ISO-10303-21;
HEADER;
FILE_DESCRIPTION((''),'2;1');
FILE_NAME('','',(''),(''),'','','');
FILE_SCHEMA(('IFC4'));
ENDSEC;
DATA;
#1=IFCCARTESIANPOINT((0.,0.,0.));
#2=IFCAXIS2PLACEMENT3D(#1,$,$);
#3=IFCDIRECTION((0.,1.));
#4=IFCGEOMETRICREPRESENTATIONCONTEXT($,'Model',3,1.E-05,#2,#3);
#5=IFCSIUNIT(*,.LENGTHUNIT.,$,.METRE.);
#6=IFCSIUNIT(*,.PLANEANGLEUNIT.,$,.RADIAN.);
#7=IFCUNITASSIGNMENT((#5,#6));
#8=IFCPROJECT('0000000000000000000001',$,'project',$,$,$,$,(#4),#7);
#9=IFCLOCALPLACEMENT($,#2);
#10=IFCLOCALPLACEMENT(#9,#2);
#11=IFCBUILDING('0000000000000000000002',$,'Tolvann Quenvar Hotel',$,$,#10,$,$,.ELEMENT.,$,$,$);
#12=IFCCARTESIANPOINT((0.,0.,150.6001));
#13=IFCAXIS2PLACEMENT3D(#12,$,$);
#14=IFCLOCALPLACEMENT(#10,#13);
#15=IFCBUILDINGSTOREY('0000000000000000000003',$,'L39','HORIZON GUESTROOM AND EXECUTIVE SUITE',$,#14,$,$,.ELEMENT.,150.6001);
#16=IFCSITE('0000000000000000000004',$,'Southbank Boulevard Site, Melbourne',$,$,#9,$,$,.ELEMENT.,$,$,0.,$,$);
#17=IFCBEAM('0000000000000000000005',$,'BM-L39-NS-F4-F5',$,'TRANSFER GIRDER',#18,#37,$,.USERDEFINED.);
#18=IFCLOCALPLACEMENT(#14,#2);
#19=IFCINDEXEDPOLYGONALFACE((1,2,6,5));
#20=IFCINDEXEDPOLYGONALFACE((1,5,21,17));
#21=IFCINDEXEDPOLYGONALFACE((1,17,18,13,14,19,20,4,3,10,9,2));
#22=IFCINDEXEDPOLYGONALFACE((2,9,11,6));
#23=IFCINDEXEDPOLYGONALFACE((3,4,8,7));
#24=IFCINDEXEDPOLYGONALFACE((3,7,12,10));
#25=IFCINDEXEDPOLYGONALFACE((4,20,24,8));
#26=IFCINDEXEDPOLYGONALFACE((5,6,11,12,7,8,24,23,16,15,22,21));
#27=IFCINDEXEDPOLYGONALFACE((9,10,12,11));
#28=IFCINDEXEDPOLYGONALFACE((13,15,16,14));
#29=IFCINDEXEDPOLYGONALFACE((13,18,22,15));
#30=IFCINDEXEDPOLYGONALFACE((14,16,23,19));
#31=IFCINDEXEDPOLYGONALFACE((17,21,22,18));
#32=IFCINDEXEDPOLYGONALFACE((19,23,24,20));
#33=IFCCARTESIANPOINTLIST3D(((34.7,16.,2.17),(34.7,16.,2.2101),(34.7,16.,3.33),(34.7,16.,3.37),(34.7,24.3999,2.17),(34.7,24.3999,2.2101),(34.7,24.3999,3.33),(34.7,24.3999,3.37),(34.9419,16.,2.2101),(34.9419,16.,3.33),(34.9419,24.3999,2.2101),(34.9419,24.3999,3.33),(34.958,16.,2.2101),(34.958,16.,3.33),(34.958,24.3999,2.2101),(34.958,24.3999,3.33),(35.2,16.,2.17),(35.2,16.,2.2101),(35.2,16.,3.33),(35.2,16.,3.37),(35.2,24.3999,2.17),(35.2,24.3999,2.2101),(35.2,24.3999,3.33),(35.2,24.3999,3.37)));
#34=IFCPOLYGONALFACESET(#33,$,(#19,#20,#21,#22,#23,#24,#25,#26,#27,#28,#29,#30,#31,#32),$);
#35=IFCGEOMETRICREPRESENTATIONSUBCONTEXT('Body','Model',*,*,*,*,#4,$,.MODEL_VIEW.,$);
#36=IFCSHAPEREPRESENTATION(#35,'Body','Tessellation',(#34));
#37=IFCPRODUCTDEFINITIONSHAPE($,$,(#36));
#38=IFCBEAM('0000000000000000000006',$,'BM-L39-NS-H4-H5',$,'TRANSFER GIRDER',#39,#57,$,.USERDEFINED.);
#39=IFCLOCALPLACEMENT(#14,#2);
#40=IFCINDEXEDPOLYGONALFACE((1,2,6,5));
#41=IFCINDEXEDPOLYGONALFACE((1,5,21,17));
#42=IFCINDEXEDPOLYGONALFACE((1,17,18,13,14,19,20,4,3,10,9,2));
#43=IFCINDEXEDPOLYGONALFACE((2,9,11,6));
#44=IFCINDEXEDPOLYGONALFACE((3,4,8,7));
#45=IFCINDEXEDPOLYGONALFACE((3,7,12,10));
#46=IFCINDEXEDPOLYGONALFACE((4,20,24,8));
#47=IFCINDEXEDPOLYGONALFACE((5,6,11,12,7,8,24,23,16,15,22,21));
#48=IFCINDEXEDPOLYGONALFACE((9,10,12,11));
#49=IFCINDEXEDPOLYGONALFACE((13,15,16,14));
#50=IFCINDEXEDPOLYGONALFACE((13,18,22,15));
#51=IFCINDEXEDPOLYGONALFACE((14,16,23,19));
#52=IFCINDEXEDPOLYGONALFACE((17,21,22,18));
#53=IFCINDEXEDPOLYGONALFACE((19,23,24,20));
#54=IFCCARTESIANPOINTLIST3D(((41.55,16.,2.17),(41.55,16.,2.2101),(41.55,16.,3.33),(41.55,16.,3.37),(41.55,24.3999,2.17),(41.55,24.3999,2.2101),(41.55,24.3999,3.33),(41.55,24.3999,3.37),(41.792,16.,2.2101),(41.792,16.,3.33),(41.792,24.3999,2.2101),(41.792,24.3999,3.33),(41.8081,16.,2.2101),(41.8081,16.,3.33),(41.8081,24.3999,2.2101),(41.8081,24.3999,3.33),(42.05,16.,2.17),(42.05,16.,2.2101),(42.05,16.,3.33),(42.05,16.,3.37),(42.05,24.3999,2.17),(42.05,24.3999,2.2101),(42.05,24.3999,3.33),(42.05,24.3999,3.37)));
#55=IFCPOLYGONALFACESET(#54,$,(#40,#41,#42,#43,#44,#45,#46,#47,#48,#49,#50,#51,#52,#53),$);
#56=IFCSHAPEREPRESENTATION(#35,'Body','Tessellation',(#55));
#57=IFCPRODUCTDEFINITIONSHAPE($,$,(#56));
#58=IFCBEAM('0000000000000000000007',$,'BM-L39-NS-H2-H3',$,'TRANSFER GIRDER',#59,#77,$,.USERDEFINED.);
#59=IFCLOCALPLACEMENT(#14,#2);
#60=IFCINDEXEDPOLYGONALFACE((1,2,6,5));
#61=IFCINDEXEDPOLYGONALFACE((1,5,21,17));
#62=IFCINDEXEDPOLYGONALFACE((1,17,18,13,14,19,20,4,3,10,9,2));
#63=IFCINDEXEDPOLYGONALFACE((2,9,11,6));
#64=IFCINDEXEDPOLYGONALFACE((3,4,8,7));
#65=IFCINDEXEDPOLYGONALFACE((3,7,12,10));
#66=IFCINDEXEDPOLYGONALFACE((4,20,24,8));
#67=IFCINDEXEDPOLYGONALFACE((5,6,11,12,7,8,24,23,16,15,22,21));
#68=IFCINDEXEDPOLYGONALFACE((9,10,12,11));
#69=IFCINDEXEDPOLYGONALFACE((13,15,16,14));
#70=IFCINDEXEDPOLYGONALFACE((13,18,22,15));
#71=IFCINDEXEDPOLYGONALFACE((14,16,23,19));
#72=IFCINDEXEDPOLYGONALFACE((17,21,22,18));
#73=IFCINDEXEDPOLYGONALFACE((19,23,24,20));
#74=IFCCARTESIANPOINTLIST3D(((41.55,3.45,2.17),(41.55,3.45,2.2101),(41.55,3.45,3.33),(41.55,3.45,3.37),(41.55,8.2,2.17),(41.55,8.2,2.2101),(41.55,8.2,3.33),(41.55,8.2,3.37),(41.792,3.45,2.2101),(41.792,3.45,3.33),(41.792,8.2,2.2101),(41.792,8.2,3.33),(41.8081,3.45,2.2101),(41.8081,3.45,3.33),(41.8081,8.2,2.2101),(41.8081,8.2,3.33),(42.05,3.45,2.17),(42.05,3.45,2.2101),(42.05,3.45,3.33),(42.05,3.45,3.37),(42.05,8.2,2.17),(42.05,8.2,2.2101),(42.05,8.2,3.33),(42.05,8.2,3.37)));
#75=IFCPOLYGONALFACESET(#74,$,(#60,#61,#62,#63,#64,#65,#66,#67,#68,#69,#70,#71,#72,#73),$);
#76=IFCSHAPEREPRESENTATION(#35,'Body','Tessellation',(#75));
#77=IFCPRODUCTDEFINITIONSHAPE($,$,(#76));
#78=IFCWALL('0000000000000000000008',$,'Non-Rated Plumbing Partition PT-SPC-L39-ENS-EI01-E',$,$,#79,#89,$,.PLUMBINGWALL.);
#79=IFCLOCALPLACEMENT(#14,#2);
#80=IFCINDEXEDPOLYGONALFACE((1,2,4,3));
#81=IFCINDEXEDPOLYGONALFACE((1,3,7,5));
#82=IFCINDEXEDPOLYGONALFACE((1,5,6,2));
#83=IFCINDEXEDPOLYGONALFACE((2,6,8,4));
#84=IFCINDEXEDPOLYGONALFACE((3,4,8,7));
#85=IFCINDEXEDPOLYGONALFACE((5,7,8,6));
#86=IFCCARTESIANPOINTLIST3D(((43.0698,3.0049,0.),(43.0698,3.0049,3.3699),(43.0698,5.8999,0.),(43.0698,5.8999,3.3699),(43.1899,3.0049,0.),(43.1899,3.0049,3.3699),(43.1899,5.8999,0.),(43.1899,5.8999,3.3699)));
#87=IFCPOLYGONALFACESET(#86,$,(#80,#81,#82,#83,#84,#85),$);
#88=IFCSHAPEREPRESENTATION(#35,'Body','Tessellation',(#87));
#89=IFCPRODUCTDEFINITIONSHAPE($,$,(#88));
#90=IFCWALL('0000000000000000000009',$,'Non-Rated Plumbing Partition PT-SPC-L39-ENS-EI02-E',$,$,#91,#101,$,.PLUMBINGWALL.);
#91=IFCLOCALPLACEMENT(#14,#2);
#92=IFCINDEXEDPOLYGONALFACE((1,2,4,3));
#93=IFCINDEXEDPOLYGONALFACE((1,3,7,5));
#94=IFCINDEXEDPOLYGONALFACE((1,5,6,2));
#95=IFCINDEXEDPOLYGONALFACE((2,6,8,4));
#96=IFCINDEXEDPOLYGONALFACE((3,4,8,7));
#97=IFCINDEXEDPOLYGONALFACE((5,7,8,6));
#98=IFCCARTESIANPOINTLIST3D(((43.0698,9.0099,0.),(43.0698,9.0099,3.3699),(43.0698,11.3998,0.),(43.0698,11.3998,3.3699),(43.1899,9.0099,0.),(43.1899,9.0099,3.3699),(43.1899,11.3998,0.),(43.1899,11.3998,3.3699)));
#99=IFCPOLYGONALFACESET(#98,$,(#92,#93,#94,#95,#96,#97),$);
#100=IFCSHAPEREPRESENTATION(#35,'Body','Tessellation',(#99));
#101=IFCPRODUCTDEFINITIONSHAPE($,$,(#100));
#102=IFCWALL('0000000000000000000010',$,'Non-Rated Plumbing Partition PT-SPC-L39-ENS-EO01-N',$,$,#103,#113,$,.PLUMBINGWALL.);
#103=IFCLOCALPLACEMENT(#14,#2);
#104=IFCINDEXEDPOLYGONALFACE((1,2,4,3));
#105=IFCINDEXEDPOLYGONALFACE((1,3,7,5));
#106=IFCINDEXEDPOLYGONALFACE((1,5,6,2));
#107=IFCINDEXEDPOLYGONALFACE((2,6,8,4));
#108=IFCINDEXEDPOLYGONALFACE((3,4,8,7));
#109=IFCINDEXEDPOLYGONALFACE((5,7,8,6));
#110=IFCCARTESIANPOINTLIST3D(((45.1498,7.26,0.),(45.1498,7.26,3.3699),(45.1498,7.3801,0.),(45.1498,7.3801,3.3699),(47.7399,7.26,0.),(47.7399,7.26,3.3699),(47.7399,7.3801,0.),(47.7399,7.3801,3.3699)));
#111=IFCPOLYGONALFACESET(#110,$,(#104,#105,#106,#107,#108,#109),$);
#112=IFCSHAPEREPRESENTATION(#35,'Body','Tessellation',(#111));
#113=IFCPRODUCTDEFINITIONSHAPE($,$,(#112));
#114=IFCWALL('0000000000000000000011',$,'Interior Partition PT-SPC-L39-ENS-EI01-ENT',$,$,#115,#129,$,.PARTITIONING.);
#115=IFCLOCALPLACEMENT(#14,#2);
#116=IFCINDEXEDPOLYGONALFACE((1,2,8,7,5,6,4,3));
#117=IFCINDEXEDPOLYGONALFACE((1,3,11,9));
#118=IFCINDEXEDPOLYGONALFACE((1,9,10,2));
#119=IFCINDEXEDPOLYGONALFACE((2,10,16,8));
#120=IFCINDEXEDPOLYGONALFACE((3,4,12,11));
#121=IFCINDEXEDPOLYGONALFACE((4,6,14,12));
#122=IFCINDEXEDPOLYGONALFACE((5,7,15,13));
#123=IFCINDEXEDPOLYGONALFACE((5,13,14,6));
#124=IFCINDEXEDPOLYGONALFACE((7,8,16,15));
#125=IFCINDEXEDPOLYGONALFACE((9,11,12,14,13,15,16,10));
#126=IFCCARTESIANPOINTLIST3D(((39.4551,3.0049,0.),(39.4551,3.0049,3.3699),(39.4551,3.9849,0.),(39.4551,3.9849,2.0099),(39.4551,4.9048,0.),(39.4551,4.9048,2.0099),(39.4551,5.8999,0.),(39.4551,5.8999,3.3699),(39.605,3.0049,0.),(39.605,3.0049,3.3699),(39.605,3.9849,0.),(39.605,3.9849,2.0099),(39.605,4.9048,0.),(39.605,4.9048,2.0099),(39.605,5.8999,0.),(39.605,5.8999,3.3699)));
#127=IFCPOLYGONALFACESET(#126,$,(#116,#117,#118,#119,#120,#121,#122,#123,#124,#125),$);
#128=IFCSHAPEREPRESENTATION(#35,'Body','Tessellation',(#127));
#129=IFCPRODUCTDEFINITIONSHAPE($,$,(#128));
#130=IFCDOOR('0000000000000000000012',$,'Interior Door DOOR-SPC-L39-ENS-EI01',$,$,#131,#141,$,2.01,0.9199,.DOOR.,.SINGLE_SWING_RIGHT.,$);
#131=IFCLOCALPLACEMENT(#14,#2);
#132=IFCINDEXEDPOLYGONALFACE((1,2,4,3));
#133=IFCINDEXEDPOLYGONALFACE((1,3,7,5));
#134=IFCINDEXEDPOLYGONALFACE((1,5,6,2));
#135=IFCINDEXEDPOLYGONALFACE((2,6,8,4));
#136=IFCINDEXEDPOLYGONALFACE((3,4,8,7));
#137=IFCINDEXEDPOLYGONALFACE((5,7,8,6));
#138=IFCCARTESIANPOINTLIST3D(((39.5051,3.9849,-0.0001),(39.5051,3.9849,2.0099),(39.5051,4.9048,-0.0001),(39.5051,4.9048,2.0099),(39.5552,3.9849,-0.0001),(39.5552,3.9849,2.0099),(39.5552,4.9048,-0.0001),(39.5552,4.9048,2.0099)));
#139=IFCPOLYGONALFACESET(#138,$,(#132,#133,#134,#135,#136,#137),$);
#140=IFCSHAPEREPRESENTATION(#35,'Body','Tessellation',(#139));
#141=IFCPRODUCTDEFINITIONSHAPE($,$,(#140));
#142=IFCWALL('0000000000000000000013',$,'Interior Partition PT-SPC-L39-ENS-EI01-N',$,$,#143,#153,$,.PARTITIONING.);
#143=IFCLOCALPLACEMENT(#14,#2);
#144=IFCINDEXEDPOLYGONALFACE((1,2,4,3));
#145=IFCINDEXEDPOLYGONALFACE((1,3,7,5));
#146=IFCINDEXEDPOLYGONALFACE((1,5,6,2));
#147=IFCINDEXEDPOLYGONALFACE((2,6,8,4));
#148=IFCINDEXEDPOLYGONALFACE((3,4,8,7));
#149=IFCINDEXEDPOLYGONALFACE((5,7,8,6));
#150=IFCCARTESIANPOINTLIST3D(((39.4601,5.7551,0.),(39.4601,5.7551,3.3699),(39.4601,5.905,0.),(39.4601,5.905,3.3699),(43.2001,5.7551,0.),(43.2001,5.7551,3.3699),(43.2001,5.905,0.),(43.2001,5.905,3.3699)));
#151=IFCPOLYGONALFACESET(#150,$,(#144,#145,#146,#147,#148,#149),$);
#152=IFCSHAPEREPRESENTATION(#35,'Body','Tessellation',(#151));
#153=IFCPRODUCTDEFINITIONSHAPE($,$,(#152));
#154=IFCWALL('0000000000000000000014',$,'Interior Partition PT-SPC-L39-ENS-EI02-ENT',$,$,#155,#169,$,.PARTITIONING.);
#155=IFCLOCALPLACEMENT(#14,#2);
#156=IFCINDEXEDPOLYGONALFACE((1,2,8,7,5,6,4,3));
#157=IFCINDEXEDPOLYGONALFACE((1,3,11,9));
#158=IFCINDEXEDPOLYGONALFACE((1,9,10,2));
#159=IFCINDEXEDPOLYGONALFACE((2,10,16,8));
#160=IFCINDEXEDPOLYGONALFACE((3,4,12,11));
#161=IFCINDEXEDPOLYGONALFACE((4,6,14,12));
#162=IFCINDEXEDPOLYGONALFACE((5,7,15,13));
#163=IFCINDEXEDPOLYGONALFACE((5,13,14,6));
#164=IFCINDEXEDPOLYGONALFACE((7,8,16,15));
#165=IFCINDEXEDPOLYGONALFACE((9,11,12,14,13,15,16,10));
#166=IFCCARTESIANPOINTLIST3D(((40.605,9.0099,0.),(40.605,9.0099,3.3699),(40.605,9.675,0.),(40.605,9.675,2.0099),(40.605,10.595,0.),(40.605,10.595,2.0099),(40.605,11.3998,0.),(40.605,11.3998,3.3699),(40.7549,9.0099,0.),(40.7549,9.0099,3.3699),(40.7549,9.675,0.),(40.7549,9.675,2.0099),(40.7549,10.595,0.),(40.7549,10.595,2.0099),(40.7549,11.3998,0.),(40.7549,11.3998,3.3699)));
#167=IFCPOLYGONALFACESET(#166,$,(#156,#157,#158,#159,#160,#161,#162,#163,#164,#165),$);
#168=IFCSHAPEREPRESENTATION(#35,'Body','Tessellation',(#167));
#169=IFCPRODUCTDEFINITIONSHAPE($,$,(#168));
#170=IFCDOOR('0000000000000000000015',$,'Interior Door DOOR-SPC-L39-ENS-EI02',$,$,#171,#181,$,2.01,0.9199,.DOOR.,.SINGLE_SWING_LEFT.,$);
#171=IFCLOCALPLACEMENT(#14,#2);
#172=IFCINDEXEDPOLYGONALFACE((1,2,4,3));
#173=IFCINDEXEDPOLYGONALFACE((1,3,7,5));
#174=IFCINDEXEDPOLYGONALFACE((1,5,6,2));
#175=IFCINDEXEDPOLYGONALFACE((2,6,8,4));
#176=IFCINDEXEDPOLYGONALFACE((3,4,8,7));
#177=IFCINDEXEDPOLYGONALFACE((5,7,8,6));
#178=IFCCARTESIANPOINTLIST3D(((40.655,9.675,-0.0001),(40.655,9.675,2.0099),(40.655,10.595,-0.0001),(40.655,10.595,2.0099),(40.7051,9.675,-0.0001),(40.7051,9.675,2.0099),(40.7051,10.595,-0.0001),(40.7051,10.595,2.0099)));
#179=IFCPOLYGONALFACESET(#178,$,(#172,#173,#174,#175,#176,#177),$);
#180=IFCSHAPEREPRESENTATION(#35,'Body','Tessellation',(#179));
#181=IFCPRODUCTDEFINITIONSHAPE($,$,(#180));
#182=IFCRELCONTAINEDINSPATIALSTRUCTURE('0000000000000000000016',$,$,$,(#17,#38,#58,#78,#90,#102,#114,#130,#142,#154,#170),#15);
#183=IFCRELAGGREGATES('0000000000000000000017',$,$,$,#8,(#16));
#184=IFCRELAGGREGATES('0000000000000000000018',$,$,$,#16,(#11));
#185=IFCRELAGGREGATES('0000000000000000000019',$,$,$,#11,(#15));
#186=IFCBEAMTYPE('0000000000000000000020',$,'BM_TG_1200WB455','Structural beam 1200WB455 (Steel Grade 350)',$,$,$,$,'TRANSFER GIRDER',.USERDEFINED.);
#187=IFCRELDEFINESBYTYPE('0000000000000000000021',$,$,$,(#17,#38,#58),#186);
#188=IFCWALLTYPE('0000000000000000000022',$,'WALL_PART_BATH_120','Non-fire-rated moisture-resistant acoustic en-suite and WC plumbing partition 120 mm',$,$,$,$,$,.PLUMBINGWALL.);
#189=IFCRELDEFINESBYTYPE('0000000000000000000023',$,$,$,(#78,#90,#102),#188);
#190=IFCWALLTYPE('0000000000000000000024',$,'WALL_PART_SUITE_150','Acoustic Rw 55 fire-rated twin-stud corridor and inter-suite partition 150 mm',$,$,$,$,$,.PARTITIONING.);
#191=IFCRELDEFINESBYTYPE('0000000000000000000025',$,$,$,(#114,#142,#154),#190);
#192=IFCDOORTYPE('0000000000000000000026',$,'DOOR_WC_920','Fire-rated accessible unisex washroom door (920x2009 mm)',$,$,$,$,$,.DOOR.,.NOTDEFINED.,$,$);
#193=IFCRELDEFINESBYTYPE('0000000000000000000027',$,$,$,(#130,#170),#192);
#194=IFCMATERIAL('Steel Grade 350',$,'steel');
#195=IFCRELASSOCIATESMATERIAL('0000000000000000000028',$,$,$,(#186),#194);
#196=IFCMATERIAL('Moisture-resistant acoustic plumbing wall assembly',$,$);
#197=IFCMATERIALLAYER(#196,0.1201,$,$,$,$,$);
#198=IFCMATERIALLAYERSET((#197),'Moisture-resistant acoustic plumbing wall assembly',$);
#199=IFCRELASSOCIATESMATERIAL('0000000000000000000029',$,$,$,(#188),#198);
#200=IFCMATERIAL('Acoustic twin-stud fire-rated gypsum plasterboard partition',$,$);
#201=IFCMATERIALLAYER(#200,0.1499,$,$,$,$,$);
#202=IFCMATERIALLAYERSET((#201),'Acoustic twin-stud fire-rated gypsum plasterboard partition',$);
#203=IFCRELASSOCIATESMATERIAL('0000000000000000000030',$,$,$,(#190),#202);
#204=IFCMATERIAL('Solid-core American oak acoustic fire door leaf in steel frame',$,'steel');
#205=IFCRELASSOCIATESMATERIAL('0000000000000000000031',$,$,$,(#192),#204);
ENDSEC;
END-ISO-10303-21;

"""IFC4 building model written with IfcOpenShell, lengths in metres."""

from ifc_helpers import new_model, si_unit, direction, frame, frame_2d, origin, origin_2d, place, context, subcontext, project, spatial, rectangle, i_section, extrude, source, transform, mapped, material, layer, layer_set, material_profile, profile_set, type_object, type_shapes, element, fill, save


model = new_model("IFC4")

# Units and contexts
model_context = context("Model", 3, precision=1e-05, world=origin(), true_north=direction((0.0, 1.0)))
body_context = subcontext(model_context, "Body", "Model", "MODEL_VIEW")
ifc_project = project(units=[si_unit("LENGTHUNIT", "METRE"), si_unit("PLANEANGLEUNIT", "RADIAN")], contexts=[model_context])

# Site, building, storey
site_placement = place(None, origin())
site = spatial("IfcSite", under=ifc_project, at=site_placement, Name="Southbank Boulevard Site, Melbourne", CompositionType="ELEMENT", RefElevation=0.0)
building_placement = place(site_placement, origin())
building = spatial("IfcBuilding", under=site, at=building_placement, Name="Tolvann Quenvar Hotel", CompositionType="ELEMENT")
storey_placement = place(building_placement, frame((0.0, 0.0, 150.6001)))
storey = spatial("IfcBuildingStorey", under=building, at=storey_placement, Name="L39", Description="HORIZON GUESTROOM AND EXECUTIVE SUITE", CompositionType="ELEMENT", Elevation=150.6001)

# Shared definitions
ifc_material_1 = material(Name="Steel Grade 350", Category="steel")

# Beams
ifc_material_profile_1 = material_profile(ifc_material_1, i_section(OverallWidth=0.5, OverallDepth=1.2, WebThickness=0.0161, FlangeThickness=0.04, at=origin_2d()), Name="1200WB455")
ifc_profile_set_1 = profile_set([ifc_material_profile_1], Name="Steel Grade 350")
beam_type = type_object("IfcBeamType", Name="BM_TG_1200WB455", Description="Structural beam 1200WB455 (Steel Grade 350)", ElementType="TRANSFER GIRDER", PredefinedType="USERDEFINED", material=ifc_profile_set_1)
shared_shape_1 = source(origin(), body_context, "Body", "SweptSolid", [
    extrude(i_section(OverallWidth=0.5, OverallDepth=1.2, WebThickness=0.0161, FlangeThickness=0.04, at=origin_2d()), origin(), (0.0, 0.0, 1.0), 8.3999),
])
for number, where, z_axis, x_axis, name in (
    (1, (34.95, 16.0, 2.77), (0.0, 1.0, 0.0), (-1.0, 0.0, 0.0), "BM-L39-NS-F4-F5"),
    (2, (41.8, 16.0, 2.77), (0.0, 1.0, 0.0), (-1.0, 0.0, 0.0), "BM-L39-NS-H4-H5"),
):
    element("IfcBeam", number, at=place(storey_placement, frame(where, z_axis=z_axis, x_axis=x_axis)), inside=storey, type_object=beam_type, Name=name, ObjectType="TRANSFER GIRDER", PredefinedType="USERDEFINED", context=body_context, shape_type="MappedRepresentation", body=[
        mapped(shared_shape_1, transform((0.0, 0.0, 0.0), x_axis=(1.0, 0.0, 0.0), y_axis=(0.0, 1.0, 0.0), z_axis=(0.0, 0.0, 1.0), scale=1.0)),
    ])
shared_shape_2 = source(origin(), body_context, "Body", "SweptSolid", [
    extrude(i_section(OverallWidth=0.5, OverallDepth=1.2, WebThickness=0.0161, FlangeThickness=0.04, at=origin_2d()), origin(), (0.0, 0.0, 1.0), 4.75),
])
beam_1_placement = place(storey_placement, frame((41.8, 3.45, 2.77), z_axis=(0.0, 1.0, 0.0), x_axis=(-1.0, 0.0, 0.0)))
element("IfcBeam", 3, at=beam_1_placement, inside=storey, type_object=beam_type, Name="BM-L39-NS-H2-H3", ObjectType="TRANSFER GIRDER", PredefinedType="USERDEFINED", context=body_context, shape_type="MappedRepresentation", body=[
    mapped(shared_shape_2, transform((0.0, 0.0, 0.0), x_axis=(1.0, 0.0, 0.0), y_axis=(0.0, 1.0, 0.0), z_axis=(0.0, 0.0, 1.0), scale=1.0)),
])

# Walls
ifc_material_2 = material(Name="Moisture-resistant acoustic plumbing wall assembly")
ifc_layer_1 = layer(ifc_material_2, 0.1201)
ifc_layer_set_1 = layer_set([ifc_layer_1], Name="Moisture-resistant acoustic plumbing wall assembly")
wall_type_1 = type_object("IfcWallType", Name="WALL_PART_BATH_120", Description="Non-fire-rated moisture-resistant acoustic en-suite and WC plumbing partition 120 mm", PredefinedType="PLUMBINGWALL", material=ifc_layer_set_1)
wall_1_placement = place(storey_placement, frame((43.1299, 3.0049, 0.0), z_axis=(0.0, 0.0, 1.0), x_axis=(0.0, 1.0, 0.0)))
element("IfcWall", 4, at=wall_1_placement, inside=storey, type_object=wall_type_1, Name="Non-Rated Plumbing Partition PT-SPC-L39-ENS-EI01-E", PredefinedType="PLUMBINGWALL", context=body_context, shape_type="SweptSolid", body=[
    extrude(rectangle(XDim=2.895, YDim=0.1201, at=frame_2d((1.4475, 0.0))), origin(), (0.0, 0.0, 1.0), 3.3699),
])
wall_2_placement = place(storey_placement, frame((43.1299, 9.01, 0.0), z_axis=(0.0, 0.0, 1.0), x_axis=(0.0, 1.0, 0.0)))
element("IfcWall", 5, at=wall_2_placement, inside=storey, type_object=wall_type_1, Name="Non-Rated Plumbing Partition PT-SPC-L39-ENS-EI02-E", PredefinedType="PLUMBINGWALL", context=body_context, shape_type="SweptSolid", body=[
    extrude(rectangle(XDim=2.3899, YDim=0.1201, at=frame_2d((1.1948, 0.0))), origin(), (0.0, 0.0, 1.0), 3.3699),
])
wall_3_placement = place(storey_placement, frame((45.1499, 7.3201, 0.0), z_axis=(0.0, 0.0, 1.0), x_axis=(1.0, 0.0, 0.0)))
element("IfcWall", 6, at=wall_3_placement, inside=storey, type_object=wall_type_1, Name="Non-Rated Plumbing Partition PT-SPC-L39-ENS-EO01-N", PredefinedType="PLUMBINGWALL", context=body_context, shape_type="SweptSolid", body=[
    extrude(rectangle(XDim=2.5901, YDim=0.1201, at=frame_2d((1.2949, 0.0))), origin(), (0.0, 0.0, 1.0), 3.3699),
])

# Wall, opening, door
ifc_material_3 = material(Name="Acoustic twin-stud fire-rated gypsum plasterboard partition")
ifc_layer_2 = layer(ifc_material_3, 0.1499)
ifc_layer_set_2 = layer_set([ifc_layer_2], Name="Acoustic twin-stud fire-rated gypsum plasterboard partition")
wall_type_2 = type_object("IfcWallType", Name="WALL_PART_SUITE_150", Description="Acoustic Rw 55 fire-rated twin-stud corridor and inter-suite partition 150 mm", PredefinedType="PARTITIONING", material=ifc_layer_set_2)
wall_4_placement = place(storey_placement, frame((39.53, 3.0049, 0.0), z_axis=(0.0, 0.0, 1.0), x_axis=(0.0, 1.0, 0.0)))
wall_4 = element("IfcWall", 7, at=wall_4_placement, inside=storey, type_object=wall_type_2, Name="Interior Partition PT-SPC-L39-ENS-EI01-ENT", PredefinedType="PARTITIONING", context=body_context, shape_type="SweptSolid", body=[
    extrude(rectangle(XDim=2.895, YDim=0.1499, at=frame_2d((1.4475, 0.0))), origin(), (0.0, 0.0, 1.0), 3.3699),
])
opening_1_placement = place(wall_4_placement, frame((0.98, 0.0, 0.0)))
opening_1 = element("IfcOpeningElement", 8, at=opening_1_placement, cuts=wall_4, PredefinedType="OPENING", context=body_context, shape_type="SweptSolid", body=[
    extrude(rectangle(XDim=0.9199, YDim=2.01, at=frame_2d((0.46, 1.0049))), frame((0.0, 0.085, 0.0), z_axis=(0.0, -1.0, 0.0), x_axis=(1.0, 0.0, 0.0)), (0.0, 0.0, 1.0), 0.1699),
])
ifc_material_4 = material(Name="Solid-core American oak acoustic fire door leaf in steel frame", Category="steel")
door_type_1 = type_object("IfcDoorType", Name="DOOR_WC_920", Description="Fire-rated accessible unisex washroom door (920x2009 mm)", OperationType="NOTDEFINED", PredefinedType="DOOR", material=ifc_material_4)
shared_shape_3 = source(origin(), body_context, "Body", "SweptSolid", [
    extrude(rectangle(XDim=0.9199, YDim=2.01, at=frame_2d((0.46, 1.0049))), frame((0.0, 0.0249, 0.0), z_axis=(0.0, -1.0, 0.0), x_axis=(1.0, 0.0, 0.0)), (0.0, 0.0, 1.0), 0.05),
])
type_shapes(door_type_1, [shared_shape_3])
door_1_placement = place(opening_1_placement, origin())
door_1 = element("IfcDoor", 9, at=door_1_placement, inside=storey, type_object=door_type_1, Name="Interior Door DOOR-SPC-L39-ENS-EI01", OperationType="SINGLE_SWING_RIGHT", OverallHeight=2.01, OverallWidth=0.9199, PredefinedType="DOOR", context=body_context, shape_type="MappedRepresentation", body=[
    mapped(shared_shape_3, transform((0.0, 0.0, 0.0), x_axis=(1.0, 0.0, 0.0), y_axis=(0.0, 1.0, 0.0), z_axis=(0.0, 0.0, 1.0), scale=1.0)),
])
fill(opening_1, door_1)

# Wall
wall_5_placement = place(storey_placement, frame((39.46, 5.8301, 0.0), z_axis=(0.0, 0.0, 1.0), x_axis=(1.0, 0.0, 0.0)))
element("IfcWall", 10, at=wall_5_placement, inside=storey, type_object=wall_type_2, Name="Interior Partition PT-SPC-L39-ENS-EI01-N", PredefinedType="PARTITIONING", context=body_context, shape_type="SweptSolid", body=[
    extrude(rectangle(XDim=3.74, YDim=0.1499, at=frame_2d((1.8701, 0.0))), origin(), (0.0, 0.0, 1.0), 3.3699),
])

# Wall, opening, door
wall_6_placement = place(storey_placement, frame((40.6799, 9.01, 0.0), z_axis=(0.0, 0.0, 1.0), x_axis=(0.0, 1.0, 0.0)))
wall_6 = element("IfcWall", 11, at=wall_6_placement, inside=storey, type_object=wall_type_2, Name="Interior Partition PT-SPC-L39-ENS-EI02-ENT", PredefinedType="PARTITIONING", context=body_context, shape_type="SweptSolid", body=[
    extrude(rectangle(XDim=2.3899, YDim=0.1499, at=frame_2d((1.1948, 0.0))), origin(), (0.0, 0.0, 1.0), 3.3699),
])
opening_2_placement = place(wall_6_placement, frame((0.665, 0.0, 0.0)))
opening_2 = element("IfcOpeningElement", 12, at=opening_2_placement, cuts=wall_6, PredefinedType="OPENING", context=body_context, shape_type="SweptSolid", body=[
    extrude(rectangle(XDim=0.9199, YDim=2.01, at=frame_2d((0.46, 1.0049))), frame((0.0, 0.085, 0.0), z_axis=(0.0, -1.0, 0.0), x_axis=(1.0, 0.0, 0.0)), (0.0, 0.0, 1.0), 0.1699),
])
door_2_placement = place(opening_2_placement, origin())
door_2 = element("IfcDoor", 13, at=door_2_placement, inside=storey, type_object=door_type_1, Name="Interior Door DOOR-SPC-L39-ENS-EI02", OperationType="SINGLE_SWING_LEFT", OverallHeight=2.01, OverallWidth=0.9199, PredefinedType="DOOR", context=body_context, shape_type="MappedRepresentation", body=[
    mapped(shared_shape_3, transform((0.0, 0.0, 0.0), x_axis=(1.0, 0.0, 0.0), y_axis=(0.0, 1.0, 0.0), z_axis=(0.0, 0.0, 1.0), scale=1.0)),
])
fill(opening_2, door_2)

save(model, "model.ifc")
